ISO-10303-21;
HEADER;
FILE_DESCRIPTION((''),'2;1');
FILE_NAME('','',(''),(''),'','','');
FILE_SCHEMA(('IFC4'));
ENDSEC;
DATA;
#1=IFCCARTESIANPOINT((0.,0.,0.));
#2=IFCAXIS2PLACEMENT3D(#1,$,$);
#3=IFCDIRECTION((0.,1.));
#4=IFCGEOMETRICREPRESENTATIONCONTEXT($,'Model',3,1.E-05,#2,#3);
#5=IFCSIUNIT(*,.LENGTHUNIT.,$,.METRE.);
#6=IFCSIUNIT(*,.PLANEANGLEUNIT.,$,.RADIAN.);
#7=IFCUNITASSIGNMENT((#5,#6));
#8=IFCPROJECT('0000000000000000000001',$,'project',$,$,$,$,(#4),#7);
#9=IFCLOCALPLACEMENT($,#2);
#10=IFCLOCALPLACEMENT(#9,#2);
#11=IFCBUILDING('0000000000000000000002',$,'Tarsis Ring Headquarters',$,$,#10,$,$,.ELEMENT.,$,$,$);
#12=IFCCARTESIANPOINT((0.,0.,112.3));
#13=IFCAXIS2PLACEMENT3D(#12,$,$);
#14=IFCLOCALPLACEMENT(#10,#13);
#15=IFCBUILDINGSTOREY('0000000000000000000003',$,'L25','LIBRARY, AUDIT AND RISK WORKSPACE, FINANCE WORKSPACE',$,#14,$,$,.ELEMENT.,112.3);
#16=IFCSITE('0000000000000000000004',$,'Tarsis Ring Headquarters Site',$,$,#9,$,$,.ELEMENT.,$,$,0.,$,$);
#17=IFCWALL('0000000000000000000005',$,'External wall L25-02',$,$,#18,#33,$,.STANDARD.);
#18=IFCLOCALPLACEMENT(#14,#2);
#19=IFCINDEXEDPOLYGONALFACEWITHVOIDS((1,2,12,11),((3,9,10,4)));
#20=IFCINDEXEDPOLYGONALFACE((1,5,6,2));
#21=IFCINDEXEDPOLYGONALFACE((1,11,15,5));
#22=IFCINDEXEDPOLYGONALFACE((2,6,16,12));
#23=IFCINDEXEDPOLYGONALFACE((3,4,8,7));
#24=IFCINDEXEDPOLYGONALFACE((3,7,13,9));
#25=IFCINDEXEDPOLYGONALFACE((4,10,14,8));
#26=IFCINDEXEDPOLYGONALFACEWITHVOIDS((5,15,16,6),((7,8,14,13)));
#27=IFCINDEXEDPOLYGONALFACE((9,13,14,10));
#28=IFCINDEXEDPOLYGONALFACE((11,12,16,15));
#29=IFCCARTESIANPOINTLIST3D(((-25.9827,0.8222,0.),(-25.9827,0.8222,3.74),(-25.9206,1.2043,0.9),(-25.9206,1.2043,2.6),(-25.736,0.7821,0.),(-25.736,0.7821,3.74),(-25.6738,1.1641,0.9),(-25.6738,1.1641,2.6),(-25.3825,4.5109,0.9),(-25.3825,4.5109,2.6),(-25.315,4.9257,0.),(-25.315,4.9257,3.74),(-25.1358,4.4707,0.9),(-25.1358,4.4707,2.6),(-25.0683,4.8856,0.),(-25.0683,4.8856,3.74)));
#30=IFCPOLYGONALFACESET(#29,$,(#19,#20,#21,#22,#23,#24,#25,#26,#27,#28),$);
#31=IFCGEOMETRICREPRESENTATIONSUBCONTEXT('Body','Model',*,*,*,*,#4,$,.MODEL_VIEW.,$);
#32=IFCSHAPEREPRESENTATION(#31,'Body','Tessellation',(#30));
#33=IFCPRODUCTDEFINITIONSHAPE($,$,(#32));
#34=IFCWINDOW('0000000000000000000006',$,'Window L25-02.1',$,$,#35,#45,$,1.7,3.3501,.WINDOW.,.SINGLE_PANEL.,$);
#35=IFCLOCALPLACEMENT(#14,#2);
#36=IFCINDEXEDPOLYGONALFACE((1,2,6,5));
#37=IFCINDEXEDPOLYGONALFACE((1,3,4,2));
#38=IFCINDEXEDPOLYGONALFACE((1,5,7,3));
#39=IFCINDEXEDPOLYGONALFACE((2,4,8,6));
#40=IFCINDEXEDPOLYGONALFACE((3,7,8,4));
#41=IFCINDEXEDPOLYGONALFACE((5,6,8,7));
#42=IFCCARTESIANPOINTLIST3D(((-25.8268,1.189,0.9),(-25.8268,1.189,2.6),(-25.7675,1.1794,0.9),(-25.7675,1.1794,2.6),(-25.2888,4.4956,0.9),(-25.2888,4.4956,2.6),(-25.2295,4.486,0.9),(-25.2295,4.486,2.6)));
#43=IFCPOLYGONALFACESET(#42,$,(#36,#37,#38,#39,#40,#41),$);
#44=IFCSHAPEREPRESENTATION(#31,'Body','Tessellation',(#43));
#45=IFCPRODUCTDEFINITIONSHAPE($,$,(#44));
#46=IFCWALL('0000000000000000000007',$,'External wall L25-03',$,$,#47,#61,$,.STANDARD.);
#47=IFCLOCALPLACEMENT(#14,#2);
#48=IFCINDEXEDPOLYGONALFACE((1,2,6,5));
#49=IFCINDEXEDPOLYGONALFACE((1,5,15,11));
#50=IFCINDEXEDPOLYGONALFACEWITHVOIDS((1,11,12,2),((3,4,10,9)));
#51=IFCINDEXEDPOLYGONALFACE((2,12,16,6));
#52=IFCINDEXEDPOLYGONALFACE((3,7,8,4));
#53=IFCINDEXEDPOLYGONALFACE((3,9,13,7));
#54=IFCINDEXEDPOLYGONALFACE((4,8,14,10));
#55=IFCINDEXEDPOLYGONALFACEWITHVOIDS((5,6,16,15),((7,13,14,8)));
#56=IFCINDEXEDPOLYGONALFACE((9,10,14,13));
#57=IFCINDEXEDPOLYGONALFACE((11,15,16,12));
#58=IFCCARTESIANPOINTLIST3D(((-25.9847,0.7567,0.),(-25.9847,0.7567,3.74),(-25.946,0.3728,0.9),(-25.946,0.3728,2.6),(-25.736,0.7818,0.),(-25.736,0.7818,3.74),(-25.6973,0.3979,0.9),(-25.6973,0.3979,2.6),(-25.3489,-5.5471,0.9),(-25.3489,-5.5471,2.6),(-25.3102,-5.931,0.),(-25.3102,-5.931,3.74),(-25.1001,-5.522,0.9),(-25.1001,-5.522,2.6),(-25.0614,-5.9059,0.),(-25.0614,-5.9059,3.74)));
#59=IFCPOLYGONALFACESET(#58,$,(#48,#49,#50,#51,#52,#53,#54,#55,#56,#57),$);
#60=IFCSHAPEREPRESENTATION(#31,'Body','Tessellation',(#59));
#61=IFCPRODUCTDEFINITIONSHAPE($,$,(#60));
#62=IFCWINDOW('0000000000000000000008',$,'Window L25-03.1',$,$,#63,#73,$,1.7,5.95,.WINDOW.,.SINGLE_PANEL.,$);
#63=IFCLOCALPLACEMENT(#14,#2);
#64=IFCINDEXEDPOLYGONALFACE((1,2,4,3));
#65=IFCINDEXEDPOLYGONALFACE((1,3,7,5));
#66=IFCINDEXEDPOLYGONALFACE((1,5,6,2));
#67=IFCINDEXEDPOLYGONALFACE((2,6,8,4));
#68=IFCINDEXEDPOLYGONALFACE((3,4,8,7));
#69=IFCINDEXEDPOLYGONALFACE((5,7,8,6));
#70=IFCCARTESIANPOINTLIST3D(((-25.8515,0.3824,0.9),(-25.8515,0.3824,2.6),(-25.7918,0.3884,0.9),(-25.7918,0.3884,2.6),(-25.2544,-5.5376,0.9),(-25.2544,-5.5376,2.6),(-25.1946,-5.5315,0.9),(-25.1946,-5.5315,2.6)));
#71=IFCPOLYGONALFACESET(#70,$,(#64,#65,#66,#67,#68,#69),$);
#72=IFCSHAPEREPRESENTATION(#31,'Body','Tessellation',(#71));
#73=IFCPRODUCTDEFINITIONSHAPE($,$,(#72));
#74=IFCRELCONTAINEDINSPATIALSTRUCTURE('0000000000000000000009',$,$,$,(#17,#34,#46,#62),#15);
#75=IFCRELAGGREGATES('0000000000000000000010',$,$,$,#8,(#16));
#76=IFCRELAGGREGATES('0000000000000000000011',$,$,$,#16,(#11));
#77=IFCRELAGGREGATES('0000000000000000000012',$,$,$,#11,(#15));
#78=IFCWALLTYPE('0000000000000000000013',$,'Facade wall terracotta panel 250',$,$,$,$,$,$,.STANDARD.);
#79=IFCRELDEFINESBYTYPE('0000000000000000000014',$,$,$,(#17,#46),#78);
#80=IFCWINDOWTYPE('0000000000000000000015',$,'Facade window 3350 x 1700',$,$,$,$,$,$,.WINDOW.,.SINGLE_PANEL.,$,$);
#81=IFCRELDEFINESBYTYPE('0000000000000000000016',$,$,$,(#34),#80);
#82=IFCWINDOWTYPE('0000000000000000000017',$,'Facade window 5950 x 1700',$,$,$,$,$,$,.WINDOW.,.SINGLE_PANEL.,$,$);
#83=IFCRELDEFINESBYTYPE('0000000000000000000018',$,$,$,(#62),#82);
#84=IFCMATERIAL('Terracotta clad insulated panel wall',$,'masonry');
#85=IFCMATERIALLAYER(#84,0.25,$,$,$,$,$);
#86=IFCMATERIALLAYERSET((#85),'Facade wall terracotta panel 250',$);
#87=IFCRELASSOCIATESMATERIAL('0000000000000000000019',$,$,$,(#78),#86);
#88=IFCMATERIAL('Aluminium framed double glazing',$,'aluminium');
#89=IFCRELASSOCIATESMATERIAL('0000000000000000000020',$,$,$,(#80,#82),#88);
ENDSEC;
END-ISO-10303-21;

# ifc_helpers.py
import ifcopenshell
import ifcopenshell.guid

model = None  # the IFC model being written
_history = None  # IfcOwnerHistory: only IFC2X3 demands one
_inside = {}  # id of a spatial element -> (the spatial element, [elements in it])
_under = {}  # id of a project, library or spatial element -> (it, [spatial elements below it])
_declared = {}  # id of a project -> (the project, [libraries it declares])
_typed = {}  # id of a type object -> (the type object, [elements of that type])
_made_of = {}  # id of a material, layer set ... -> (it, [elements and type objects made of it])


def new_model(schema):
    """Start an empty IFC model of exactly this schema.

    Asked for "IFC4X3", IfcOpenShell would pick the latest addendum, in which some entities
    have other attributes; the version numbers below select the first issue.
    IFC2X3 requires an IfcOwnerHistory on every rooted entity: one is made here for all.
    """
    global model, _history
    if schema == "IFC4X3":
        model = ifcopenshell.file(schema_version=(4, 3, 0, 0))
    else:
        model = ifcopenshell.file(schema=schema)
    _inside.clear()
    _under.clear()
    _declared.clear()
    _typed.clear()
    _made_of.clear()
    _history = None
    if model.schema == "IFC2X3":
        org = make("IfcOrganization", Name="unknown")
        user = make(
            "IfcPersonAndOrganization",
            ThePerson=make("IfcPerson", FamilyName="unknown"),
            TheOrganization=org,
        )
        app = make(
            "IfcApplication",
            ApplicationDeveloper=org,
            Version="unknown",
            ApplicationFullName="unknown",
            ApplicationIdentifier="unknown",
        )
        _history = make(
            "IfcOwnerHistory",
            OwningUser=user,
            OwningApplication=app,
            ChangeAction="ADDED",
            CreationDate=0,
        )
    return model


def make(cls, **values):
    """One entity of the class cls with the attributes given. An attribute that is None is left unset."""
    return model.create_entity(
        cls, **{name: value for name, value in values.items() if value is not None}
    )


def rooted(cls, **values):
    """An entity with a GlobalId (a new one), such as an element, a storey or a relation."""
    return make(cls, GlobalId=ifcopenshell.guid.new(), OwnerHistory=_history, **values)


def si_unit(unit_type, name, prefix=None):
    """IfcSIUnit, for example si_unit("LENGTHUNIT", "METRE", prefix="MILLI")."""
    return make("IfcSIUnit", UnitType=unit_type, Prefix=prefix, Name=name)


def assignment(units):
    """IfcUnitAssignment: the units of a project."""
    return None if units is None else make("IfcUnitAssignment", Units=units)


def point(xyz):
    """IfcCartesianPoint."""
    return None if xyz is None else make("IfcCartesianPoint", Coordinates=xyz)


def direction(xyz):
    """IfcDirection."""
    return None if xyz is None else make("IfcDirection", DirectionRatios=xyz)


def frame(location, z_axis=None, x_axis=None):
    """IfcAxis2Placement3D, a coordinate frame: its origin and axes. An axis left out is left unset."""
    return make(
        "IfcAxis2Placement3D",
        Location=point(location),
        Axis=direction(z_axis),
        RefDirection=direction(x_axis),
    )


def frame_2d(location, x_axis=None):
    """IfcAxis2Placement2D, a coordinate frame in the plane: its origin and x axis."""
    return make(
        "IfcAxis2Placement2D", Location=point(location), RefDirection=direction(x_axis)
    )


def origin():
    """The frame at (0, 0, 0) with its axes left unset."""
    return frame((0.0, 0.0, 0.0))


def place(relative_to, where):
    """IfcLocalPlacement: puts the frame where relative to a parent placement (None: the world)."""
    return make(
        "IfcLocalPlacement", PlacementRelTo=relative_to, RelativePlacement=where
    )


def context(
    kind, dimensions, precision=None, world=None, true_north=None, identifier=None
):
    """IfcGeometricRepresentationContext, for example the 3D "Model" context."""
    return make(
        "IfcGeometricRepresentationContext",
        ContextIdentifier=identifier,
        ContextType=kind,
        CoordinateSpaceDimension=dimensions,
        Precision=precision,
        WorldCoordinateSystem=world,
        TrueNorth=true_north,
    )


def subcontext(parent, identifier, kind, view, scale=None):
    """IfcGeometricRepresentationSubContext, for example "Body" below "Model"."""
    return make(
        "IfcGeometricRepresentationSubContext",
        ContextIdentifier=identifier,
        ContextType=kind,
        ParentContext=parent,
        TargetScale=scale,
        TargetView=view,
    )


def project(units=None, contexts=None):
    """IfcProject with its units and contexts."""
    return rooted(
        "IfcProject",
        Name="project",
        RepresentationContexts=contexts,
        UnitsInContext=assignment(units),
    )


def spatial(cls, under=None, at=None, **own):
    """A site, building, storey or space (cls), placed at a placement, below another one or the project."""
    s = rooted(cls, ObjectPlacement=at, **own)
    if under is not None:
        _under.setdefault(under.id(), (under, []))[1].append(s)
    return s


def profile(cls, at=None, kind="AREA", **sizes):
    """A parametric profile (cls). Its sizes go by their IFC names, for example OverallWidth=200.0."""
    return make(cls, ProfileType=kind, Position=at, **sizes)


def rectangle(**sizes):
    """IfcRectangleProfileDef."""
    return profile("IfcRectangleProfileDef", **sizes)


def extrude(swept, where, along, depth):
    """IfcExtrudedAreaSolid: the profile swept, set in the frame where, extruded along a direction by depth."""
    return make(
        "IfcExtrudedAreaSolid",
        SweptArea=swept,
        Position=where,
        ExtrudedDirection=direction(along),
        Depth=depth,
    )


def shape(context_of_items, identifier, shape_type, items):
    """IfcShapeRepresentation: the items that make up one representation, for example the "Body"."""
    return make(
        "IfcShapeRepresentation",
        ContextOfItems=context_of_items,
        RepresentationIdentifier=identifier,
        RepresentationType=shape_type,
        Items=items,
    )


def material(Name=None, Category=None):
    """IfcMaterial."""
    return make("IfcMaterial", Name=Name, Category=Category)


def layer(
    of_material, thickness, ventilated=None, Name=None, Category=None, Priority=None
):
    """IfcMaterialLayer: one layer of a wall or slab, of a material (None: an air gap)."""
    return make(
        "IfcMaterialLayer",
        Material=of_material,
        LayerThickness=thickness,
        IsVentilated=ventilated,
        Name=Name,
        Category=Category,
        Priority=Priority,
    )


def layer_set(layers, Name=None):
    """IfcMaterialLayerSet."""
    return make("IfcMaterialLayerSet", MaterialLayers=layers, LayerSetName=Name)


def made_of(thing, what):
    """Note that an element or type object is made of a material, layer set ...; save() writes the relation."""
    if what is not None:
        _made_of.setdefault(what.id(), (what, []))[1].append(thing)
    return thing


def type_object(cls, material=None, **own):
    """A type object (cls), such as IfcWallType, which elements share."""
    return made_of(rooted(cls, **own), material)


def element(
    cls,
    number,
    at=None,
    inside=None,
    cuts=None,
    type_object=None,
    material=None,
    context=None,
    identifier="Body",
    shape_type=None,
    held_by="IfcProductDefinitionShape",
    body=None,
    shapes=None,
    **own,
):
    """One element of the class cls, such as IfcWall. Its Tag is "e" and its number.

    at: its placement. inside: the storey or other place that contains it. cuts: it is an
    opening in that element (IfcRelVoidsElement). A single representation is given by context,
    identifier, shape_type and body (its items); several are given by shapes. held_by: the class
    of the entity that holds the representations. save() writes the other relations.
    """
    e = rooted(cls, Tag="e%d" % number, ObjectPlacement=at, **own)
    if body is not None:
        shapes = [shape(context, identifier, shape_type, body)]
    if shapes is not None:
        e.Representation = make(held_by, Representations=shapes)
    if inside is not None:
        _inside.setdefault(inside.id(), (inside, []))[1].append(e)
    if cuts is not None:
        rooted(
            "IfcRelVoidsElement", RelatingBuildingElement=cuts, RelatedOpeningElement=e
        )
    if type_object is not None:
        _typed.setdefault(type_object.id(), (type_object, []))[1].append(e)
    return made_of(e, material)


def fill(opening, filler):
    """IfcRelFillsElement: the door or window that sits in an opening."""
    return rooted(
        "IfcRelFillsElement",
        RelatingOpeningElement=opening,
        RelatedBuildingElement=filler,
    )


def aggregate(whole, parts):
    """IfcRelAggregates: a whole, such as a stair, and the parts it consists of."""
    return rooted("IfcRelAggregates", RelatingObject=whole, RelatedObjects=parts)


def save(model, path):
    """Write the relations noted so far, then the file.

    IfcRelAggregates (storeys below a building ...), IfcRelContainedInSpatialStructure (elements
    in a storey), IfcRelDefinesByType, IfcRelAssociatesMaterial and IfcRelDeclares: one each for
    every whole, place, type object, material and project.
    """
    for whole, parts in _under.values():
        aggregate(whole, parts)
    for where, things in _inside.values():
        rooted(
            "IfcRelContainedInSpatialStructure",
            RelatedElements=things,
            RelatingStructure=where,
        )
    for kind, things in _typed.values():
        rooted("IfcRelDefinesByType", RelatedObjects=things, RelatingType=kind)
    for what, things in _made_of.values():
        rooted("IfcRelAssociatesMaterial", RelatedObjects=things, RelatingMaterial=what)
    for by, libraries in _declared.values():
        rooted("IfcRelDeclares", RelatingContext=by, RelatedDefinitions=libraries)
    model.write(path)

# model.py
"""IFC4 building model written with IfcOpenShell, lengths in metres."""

from ifc_helpers import new_model, si_unit, direction, frame, frame_2d, origin, place, context, subcontext, project, spatial, rectangle, extrude, material, layer, layer_set, type_object, element, fill, save


model = new_model("IFC4")

# Units and contexts
model_context = context("Model", 3, precision=1e-05, world=origin(), true_north=direction((0.0, 1.0)))
body_context = subcontext(model_context, "Body", "Model", "MODEL_VIEW")
ifc_project = project(units=[si_unit("LENGTHUNIT", "METRE"), si_unit("PLANEANGLEUNIT", "RADIAN")], contexts=[model_context])

# Site, building, storey
site_placement = place(None, origin())
site = spatial("IfcSite", under=ifc_project, at=site_placement, Name="Tarsis Ring Headquarters Site", CompositionType="ELEMENT", RefElevation=0.0)
building_placement = place(site_placement, origin())
building = spatial("IfcBuilding", under=site, at=building_placement, Name="Tarsis Ring Headquarters", CompositionType="ELEMENT")
storey_placement = place(building_placement, frame((0.0, 0.0, 112.3)))
storey = spatial("IfcBuildingStorey", under=building, at=storey_placement, Name="L25", Description="LIBRARY, AUDIT AND RISK WORKSPACE, FINANCE WORKSPACE", CompositionType="ELEMENT", Elevation=112.3)

# Walls, openings, windows
ifc_material_1 = material(Name="Terracotta clad insulated panel wall", Category="masonry")
ifc_layer_1 = layer(ifc_material_1, 0.25)
ifc_layer_set_1 = layer_set([ifc_layer_1], Name="Facade wall terracotta panel 250")
wall_type_1 = type_object("IfcWallType", Name="Facade wall terracotta panel 250", PredefinedType="STANDARD", material=ifc_layer_set_1)
wall_1_placement = place(storey_placement, frame((-25.1917, 4.9055, 0.0), z_axis=(0.0, 0.0, 1.0), x_axis=(-0.160608, -0.987018, 0.0)))
wall_1 = element("IfcWall", 1, at=wall_1_placement, inside=storey, type_object=wall_type_1, Name="External wall L25-02", PredefinedType="STANDARD", context=body_context, shape_type="SweptSolid", body=[
    extrude(rectangle(XDim=4.1575, YDim=0.25, at=frame_2d((2.0786, 0.0))), origin(), (0.0, 0.0, 1.0), 3.74),
])
opening_1_placement = place(wall_1_placement, frame((0.4202, 0.0, 0.8999)))
opening_1 = element("IfcOpeningElement", 2, at=opening_1_placement, cuts=wall_1, PredefinedType="OPENING", context=body_context, shape_type="SweptSolid", body=[
    extrude(rectangle(XDim=3.3501, YDim=1.7, at=frame_2d((1.675, 0.8501))), frame((0.0, 0.135, 0.0), z_axis=(0.0, -1.0, 0.0), x_axis=(1.0, 0.0, 0.0)), (0.0, 0.0, 1.0), 0.27),
])
ifc_material_2 = material(Name="Aluminium framed double glazing", Category="aluminium")
window_type_1 = type_object("IfcWindowType", Name="Facade window 3350 x 1700", PartitioningType="SINGLE_PANEL", PredefinedType="WINDOW", material=ifc_material_2)
window_1_placement = place(opening_1_placement, origin())
window_1 = element("IfcWindow", 3, at=window_1_placement, inside=storey, type_object=window_type_1, Name="Window L25-02.1", OverallHeight=1.7, OverallWidth=3.3501, PartitioningType="SINGLE_PANEL", PredefinedType="WINDOW", context=body_context, shape_type="SweptSolid", body=[
    extrude(rectangle(XDim=3.3501, YDim=1.7, at=frame_2d((1.675, 0.8501))), frame((0.0, 0.03, 0.0), z_axis=(0.0, -1.0, 0.0), x_axis=(1.0, 0.0, 0.0)), (0.0, 0.0, 1.0), 0.0601),
])
fill(opening_1, window_1)
wall_2_placement = place(storey_placement, frame((-25.8604, 0.7693, 0.0), z_axis=(0.0, 0.0, 1.0), x_axis=(0.100356, -0.994952, 0.0)))
wall_2 = element("IfcWall", 4, at=wall_2_placement, inside=storey, type_object=wall_type_1, Name="External wall L25-03", PredefinedType="STANDARD", context=body_context, shape_type="SweptSolid", body=[
    extrude(rectangle(XDim=6.7217, YDim=0.25, at=frame_2d((3.3608, 0.0))), origin(), (0.0, 0.0, 1.0), 3.74),
])
opening_2_placement = place(wall_2_placement, frame((0.3857, 0.0, 0.8999)))
opening_2 = element("IfcOpeningElement", 5, at=opening_2_placement, cuts=wall_2, PredefinedType="OPENING", context=body_context, shape_type="SweptSolid", body=[
    extrude(rectangle(XDim=5.95, YDim=1.7, at=frame_2d((2.9751, 0.8501))), frame((0.0, 0.135, 0.0), z_axis=(0.0, -1.0, 0.0), x_axis=(1.0, 0.0, 0.0)), (0.0, 0.0, 1.0), 0.27),
])
window_type_2 = type_object("IfcWindowType", Name="Facade window 5950 x 1700", PartitioningType="SINGLE_PANEL", PredefinedType="WINDOW", material=ifc_material_2)
window_2_placement = place(opening_2_placement, origin())
window_2 = element("IfcWindow", 6, at=window_2_placement, inside=storey, type_object=window_type_2, Name="Window L25-03.1", OverallHeight=1.7, OverallWidth=5.95, PartitioningType="SINGLE_PANEL", PredefinedType="WINDOW", context=body_context, shape_type="SweptSolid", body=[
    extrude(rectangle(XDim=5.95, YDim=1.7, at=frame_2d((2.9751, 0.8501))), frame((0.0, 0.03, 0.0), z_axis=(0.0, -1.0, 0.0), x_axis=(1.0, 0.0, 0.0)), (0.0, 0.0, 1.0), 0.0601),
])
fill(opening_2, window_2)

save(model, "model.ifc")
